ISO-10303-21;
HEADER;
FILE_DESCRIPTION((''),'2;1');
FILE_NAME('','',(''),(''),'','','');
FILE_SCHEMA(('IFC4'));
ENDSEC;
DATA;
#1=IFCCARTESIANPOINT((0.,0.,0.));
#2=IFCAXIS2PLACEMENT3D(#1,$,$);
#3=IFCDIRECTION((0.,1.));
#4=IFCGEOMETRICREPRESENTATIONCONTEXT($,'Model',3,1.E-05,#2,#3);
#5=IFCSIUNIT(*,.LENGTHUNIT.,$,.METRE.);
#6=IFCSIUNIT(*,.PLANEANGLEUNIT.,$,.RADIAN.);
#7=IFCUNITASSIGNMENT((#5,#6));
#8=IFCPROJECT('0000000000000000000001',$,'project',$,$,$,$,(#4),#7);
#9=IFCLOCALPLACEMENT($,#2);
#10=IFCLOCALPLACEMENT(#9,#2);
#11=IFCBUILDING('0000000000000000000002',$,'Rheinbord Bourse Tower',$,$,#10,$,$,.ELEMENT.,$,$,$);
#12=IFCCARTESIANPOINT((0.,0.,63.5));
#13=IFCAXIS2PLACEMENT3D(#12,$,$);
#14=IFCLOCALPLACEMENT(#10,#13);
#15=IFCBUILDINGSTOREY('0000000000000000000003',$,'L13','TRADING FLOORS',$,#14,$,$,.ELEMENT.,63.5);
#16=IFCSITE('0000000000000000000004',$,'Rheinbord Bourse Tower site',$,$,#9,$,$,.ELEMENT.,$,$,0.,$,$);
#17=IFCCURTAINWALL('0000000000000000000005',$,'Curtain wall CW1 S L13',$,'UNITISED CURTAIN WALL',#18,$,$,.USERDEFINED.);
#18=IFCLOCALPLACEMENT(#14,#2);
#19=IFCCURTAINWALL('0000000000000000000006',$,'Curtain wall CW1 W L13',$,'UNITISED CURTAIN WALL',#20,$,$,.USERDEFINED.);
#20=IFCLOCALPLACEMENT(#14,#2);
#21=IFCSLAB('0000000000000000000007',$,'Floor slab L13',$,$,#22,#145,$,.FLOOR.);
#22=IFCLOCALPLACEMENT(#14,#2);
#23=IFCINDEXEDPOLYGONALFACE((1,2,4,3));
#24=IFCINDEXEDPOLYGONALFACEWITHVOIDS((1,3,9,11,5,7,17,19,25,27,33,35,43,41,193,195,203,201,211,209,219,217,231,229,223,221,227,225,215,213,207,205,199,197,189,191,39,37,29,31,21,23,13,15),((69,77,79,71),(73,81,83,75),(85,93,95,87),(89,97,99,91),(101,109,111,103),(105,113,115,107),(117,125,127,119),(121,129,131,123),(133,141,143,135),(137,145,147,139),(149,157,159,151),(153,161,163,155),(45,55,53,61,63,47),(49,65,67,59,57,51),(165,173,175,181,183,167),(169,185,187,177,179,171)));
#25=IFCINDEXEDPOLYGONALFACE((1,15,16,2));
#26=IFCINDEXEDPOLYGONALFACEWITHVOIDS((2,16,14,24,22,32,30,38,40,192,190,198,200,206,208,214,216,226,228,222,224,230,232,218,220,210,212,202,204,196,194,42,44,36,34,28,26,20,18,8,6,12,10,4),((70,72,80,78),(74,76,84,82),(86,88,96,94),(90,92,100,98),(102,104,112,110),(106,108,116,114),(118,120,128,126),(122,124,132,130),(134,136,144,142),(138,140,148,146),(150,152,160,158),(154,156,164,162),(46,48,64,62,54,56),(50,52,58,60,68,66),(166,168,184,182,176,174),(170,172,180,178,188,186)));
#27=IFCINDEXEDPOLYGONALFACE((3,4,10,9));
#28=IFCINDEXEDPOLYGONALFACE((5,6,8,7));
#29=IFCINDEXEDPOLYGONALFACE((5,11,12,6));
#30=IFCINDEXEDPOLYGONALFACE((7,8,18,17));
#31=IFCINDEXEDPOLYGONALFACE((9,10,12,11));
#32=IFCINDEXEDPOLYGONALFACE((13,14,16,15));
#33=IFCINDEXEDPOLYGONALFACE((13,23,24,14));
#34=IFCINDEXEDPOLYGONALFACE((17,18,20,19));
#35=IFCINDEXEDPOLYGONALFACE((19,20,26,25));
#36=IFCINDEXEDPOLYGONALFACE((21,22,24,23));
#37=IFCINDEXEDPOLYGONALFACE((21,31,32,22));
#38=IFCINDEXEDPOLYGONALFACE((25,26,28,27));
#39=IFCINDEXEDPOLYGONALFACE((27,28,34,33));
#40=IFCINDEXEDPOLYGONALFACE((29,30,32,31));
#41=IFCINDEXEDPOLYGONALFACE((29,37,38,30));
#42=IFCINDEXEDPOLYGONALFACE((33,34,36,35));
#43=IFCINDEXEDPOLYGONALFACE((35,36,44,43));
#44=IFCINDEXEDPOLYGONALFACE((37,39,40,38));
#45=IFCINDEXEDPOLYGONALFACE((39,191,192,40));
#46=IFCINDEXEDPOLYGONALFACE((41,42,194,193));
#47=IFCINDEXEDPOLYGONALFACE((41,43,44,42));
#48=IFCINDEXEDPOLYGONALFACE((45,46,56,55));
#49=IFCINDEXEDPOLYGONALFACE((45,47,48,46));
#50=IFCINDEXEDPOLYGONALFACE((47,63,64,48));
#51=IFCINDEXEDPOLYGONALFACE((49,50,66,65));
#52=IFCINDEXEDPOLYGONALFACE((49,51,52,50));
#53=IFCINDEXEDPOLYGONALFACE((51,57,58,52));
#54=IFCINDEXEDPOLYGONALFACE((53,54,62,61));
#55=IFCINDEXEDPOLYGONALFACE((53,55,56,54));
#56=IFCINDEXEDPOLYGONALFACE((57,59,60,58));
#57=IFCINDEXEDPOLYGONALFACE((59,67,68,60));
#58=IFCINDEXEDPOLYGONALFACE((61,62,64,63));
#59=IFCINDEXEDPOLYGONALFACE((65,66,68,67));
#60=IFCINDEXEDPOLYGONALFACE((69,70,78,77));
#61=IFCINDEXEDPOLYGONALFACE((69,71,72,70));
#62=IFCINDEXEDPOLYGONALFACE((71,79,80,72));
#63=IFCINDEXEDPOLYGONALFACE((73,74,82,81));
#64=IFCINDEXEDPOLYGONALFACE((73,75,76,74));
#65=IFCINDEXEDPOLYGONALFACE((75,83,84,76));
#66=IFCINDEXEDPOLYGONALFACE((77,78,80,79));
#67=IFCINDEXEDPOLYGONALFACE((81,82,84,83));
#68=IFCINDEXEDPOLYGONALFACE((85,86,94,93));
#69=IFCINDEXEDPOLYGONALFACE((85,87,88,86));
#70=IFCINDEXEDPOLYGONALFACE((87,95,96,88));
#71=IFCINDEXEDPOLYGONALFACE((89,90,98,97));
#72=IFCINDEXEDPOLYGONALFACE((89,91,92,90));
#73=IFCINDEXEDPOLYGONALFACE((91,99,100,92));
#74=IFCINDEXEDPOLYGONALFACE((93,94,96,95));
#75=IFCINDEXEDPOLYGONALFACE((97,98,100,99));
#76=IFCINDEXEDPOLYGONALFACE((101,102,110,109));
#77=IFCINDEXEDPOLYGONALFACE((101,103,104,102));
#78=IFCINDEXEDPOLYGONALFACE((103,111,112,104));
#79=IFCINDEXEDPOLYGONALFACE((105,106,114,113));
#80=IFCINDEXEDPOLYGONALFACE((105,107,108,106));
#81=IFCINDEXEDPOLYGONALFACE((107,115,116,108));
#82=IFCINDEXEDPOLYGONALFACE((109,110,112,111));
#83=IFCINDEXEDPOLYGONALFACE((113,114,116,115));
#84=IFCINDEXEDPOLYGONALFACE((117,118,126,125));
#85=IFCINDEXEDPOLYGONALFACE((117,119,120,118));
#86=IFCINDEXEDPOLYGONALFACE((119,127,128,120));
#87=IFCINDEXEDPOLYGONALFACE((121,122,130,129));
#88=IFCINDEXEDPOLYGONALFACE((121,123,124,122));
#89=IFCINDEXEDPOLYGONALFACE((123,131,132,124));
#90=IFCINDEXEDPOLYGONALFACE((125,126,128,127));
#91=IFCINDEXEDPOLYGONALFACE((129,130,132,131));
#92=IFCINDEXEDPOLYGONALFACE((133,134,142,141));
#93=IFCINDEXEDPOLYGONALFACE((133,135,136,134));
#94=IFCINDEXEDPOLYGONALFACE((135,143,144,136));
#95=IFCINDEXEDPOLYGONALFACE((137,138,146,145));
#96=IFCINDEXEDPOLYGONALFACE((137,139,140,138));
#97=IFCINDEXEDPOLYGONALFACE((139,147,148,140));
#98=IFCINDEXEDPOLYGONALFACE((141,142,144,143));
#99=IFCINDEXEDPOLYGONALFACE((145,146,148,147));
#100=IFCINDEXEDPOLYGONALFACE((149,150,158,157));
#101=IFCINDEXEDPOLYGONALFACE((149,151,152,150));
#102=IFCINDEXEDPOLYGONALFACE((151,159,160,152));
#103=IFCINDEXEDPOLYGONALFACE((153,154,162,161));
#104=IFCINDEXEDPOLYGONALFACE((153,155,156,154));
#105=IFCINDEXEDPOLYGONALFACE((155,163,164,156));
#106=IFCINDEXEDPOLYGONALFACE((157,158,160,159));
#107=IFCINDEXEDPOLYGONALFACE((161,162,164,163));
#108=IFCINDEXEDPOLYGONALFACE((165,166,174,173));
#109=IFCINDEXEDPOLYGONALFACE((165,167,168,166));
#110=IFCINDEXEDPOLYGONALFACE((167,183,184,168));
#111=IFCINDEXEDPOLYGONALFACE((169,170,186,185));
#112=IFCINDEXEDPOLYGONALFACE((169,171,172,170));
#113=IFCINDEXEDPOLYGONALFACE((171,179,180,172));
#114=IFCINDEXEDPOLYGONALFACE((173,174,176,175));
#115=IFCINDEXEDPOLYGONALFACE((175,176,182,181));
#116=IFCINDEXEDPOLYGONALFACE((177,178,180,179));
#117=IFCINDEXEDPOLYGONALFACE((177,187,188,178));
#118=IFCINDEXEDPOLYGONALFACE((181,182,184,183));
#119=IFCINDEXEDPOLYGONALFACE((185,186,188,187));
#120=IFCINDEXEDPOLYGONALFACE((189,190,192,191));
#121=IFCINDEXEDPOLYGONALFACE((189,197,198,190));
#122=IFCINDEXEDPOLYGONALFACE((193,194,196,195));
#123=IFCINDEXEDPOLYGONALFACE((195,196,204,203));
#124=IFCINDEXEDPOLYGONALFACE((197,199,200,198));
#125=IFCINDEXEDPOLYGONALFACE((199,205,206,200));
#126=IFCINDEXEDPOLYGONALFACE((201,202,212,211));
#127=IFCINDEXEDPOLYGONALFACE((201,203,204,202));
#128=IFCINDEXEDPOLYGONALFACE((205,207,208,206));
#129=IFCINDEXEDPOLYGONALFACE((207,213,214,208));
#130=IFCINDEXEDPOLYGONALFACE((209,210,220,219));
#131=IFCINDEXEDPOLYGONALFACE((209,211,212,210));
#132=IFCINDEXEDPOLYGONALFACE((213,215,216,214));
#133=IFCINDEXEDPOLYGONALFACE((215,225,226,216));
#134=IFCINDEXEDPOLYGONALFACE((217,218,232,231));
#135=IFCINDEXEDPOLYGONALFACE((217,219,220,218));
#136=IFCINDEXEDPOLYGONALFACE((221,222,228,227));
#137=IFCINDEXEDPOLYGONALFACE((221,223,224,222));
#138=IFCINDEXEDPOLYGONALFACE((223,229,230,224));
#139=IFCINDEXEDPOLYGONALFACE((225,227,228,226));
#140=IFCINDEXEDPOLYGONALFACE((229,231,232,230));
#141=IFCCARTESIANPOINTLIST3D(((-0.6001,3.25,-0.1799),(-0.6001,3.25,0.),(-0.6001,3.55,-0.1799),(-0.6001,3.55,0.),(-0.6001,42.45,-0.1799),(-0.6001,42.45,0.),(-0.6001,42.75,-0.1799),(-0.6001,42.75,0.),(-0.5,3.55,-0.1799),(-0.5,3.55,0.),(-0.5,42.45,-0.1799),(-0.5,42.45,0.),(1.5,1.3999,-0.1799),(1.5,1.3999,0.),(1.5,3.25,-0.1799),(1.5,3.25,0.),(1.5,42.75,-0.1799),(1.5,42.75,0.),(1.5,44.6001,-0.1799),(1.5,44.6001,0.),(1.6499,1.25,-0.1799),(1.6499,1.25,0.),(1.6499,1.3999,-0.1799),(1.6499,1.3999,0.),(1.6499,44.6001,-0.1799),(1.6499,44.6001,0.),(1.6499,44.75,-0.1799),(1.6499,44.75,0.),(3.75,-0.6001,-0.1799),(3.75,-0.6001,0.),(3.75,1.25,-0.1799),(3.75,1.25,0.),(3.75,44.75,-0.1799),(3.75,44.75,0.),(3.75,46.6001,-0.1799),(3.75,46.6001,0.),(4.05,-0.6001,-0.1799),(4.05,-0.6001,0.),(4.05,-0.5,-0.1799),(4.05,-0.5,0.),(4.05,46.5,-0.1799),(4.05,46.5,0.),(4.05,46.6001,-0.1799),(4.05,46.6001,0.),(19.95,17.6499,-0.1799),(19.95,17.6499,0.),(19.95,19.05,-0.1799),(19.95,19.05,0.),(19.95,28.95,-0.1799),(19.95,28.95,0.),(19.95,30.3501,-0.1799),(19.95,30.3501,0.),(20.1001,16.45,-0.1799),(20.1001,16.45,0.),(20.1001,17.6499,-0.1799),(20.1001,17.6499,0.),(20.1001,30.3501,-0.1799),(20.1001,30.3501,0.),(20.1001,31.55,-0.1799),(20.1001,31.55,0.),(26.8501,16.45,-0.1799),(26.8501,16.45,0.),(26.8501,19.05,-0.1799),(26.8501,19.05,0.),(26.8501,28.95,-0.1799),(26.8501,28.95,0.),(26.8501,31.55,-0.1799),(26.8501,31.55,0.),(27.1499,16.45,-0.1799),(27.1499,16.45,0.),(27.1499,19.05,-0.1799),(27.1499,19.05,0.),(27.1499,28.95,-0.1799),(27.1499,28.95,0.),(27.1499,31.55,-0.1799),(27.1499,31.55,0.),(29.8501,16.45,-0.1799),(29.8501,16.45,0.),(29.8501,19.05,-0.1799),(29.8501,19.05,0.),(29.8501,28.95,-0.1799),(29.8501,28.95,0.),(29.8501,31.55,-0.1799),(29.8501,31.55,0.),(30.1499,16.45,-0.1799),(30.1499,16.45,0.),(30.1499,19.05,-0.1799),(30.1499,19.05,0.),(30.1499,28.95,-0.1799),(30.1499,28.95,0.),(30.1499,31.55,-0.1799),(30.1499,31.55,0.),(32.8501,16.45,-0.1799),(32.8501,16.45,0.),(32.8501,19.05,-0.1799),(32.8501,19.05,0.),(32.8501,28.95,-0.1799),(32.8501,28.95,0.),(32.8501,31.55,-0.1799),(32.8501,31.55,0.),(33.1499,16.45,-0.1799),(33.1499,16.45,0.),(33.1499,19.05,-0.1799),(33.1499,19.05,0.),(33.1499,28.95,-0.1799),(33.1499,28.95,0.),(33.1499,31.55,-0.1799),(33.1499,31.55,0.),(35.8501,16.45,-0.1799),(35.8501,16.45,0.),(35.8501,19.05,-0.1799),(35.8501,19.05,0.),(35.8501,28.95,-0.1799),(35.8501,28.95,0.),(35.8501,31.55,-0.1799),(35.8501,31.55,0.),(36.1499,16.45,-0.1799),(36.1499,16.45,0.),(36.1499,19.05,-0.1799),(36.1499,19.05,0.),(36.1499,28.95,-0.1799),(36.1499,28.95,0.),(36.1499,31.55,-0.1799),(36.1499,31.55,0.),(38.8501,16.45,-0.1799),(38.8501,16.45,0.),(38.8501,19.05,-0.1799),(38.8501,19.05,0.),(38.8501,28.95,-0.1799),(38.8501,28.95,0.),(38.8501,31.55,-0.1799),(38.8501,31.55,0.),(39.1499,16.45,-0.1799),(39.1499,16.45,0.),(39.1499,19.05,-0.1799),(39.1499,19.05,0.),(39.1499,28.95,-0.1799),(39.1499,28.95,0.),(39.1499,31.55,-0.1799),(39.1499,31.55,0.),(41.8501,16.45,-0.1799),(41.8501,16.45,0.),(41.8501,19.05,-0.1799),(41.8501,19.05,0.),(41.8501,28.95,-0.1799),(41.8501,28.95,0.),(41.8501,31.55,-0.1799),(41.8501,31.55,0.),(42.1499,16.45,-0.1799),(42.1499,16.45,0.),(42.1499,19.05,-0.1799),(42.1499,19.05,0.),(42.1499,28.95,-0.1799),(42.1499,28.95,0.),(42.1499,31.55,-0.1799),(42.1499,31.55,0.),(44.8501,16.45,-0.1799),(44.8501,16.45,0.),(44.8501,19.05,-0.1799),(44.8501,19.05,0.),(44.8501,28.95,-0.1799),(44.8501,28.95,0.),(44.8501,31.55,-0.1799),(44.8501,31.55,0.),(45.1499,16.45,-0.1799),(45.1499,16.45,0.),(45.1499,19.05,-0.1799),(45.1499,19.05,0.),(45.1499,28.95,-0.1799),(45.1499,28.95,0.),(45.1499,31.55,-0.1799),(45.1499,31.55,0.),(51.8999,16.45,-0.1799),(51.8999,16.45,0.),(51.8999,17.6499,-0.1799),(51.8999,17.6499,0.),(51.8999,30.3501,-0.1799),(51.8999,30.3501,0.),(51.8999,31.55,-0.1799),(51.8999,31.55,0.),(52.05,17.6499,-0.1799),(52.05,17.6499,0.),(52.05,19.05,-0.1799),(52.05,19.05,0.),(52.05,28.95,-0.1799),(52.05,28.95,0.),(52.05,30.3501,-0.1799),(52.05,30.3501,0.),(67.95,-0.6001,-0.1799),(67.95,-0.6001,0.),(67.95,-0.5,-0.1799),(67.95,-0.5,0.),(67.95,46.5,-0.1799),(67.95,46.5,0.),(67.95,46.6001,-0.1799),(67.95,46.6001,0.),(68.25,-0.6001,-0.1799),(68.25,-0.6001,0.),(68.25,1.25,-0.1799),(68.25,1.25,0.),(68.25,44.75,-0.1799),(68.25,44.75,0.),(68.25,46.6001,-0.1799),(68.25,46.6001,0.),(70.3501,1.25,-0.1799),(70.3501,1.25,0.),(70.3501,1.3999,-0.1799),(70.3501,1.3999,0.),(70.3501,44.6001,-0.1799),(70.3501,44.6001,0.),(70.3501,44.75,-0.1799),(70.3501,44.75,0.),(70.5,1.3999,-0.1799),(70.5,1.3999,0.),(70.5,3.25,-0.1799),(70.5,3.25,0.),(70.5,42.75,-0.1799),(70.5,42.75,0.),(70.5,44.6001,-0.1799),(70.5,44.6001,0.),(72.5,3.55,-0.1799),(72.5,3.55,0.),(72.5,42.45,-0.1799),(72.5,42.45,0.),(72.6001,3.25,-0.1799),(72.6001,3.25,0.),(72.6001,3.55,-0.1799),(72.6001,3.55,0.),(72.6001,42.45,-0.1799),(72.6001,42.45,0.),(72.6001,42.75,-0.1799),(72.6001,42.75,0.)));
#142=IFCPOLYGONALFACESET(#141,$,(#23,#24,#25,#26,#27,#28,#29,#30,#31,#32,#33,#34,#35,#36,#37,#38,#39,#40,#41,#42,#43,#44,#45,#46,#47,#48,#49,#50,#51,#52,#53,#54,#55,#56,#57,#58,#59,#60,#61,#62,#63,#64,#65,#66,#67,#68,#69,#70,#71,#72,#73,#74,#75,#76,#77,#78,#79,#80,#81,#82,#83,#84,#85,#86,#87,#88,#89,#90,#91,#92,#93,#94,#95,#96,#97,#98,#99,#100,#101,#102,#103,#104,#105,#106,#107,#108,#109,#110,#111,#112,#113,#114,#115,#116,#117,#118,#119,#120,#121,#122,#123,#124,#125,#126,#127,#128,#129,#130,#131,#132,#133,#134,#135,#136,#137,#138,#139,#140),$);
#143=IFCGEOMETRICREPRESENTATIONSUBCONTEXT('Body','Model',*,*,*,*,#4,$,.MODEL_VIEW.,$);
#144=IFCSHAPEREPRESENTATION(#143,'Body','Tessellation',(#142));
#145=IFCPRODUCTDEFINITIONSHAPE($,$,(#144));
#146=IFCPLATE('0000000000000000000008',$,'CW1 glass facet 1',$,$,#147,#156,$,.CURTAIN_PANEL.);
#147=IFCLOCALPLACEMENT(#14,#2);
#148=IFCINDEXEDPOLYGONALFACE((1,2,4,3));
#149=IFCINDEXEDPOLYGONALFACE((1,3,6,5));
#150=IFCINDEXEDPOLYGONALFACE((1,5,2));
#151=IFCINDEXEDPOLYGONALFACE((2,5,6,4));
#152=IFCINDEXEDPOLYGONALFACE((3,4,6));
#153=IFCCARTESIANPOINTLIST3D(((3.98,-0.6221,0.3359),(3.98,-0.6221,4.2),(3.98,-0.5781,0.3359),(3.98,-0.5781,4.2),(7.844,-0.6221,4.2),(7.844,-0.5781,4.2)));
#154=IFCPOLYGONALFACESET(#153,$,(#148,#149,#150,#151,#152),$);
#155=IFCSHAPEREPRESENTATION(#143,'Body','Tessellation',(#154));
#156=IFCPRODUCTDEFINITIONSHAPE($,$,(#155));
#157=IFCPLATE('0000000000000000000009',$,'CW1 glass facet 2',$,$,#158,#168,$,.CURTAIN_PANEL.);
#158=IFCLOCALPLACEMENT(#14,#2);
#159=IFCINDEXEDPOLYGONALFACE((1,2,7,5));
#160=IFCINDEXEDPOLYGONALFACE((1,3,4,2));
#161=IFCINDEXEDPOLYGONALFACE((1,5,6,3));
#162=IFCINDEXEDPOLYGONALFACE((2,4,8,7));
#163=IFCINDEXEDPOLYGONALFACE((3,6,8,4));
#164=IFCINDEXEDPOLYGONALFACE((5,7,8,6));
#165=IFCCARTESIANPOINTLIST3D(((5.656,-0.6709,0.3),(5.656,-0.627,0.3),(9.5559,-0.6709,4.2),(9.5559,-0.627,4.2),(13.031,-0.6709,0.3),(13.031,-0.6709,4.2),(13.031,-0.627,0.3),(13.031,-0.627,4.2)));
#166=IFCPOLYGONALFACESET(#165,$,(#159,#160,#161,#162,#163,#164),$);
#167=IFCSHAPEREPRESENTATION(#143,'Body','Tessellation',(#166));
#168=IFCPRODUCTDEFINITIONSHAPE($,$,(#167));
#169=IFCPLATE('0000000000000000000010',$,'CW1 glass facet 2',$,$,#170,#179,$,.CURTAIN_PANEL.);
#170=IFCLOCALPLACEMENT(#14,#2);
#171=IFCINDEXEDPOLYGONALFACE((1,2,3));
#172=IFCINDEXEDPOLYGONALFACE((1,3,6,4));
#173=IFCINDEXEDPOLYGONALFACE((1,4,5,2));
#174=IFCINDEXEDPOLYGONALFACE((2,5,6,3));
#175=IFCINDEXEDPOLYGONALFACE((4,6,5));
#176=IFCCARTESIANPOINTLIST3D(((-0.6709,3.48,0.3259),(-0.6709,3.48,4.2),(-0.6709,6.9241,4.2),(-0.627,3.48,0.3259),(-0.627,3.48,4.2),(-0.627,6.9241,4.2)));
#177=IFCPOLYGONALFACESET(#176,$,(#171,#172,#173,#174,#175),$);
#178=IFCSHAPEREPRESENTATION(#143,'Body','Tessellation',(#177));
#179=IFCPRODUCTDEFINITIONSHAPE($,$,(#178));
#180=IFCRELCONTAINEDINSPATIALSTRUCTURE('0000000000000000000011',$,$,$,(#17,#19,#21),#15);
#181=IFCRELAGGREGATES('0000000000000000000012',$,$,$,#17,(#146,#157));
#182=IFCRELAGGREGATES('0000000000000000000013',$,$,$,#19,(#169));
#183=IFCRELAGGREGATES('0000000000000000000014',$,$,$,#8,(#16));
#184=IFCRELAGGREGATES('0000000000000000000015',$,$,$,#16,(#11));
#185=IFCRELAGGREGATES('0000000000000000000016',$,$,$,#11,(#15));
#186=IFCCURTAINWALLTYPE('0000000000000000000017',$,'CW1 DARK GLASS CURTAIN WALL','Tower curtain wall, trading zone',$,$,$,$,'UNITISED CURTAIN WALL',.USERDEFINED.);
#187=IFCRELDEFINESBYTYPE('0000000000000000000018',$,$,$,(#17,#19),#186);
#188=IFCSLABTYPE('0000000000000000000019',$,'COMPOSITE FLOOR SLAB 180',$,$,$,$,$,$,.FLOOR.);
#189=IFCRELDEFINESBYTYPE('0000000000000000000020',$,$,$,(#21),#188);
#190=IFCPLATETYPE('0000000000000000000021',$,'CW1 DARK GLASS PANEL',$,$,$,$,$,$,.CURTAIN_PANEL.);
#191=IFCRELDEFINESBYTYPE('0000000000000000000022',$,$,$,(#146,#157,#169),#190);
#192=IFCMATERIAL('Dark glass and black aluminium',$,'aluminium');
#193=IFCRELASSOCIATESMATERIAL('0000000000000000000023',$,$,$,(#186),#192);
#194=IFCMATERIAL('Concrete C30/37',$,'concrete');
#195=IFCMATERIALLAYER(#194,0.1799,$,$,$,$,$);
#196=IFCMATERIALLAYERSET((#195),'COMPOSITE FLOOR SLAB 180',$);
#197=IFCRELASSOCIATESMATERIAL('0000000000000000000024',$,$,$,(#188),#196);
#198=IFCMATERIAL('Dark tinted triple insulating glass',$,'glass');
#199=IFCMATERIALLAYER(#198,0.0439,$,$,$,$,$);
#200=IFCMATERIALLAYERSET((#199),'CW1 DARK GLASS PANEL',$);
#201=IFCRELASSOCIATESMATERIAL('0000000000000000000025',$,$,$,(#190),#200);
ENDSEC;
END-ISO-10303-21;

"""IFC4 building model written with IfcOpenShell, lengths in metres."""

from ifc_helpers import new_model, si_unit, direction, frame, origin, place, context, subcontext, project, spatial, polyline, outline, extrude, material, layer, layer_set, type_object, element, aggregate, save


model = new_model("IFC4")

# Units and contexts
model_context = context("Model", 3, precision=1e-05, world=origin(), true_north=direction((0.0, 1.0)))
body_context = subcontext(model_context, "Body", "Model", "MODEL_VIEW")
ifc_project = project(units=[si_unit("LENGTHUNIT", "METRE"), si_unit("PLANEANGLEUNIT", "RADIAN")], contexts=[model_context])

# Site, building, storey
site_placement = place(None, origin())
site = spatial("IfcSite", under=ifc_project, at=site_placement, Name="Rheinbord Bourse Tower site", CompositionType="ELEMENT", RefElevation=0.0)
building_placement = place(site_placement, origin())
building = spatial("IfcBuilding", under=site, at=building_placement, Name="Rheinbord Bourse Tower", CompositionType="ELEMENT")
storey_placement = place(building_placement, frame((0.0, 0.0, 63.5)))
storey = spatial("IfcBuildingStorey", under=building, at=storey_placement, Name="L13", Description="TRADING FLOORS", CompositionType="ELEMENT", Elevation=63.5)

# Curtain wall
ifc_material_1 = material(Name="Dark glass and black aluminium", Category="aluminium")
curtain_wall_type = type_object("IfcCurtainWallType", Name="CW1 DARK GLASS CURTAIN WALL", Description="Tower curtain wall, trading zone", ElementType="UNITISED CURTAIN WALL", PredefinedType="USERDEFINED", material=ifc_material_1)
curtain_wall_1_placement = place(storey_placement, origin())
curtain_wall_1 = element("IfcCurtainWall", 1, at=curtain_wall_1_placement, inside=storey, type_object=curtain_wall_type, Name="Curtain wall CW1 S L13", ObjectType="UNITISED CURTAIN WALL", PredefinedType="USERDEFINED")

# Curtain wall
curtain_wall_2_placement = place(storey_placement, origin())
curtain_wall_2 = element("IfcCurtainWall", 2, at=curtain_wall_2_placement, inside=storey, type_object=curtain_wall_type, Name="Curtain wall CW1 W L13", ObjectType="UNITISED CURTAIN WALL", PredefinedType="USERDEFINED")

# Slab
ifc_material_2 = material(Name="Concrete C30/37", Category="concrete")
ifc_layer_1 = layer(ifc_material_2, 0.1799)
ifc_layer_set_1 = layer_set([ifc_layer_1], Name="COMPOSITE FLOOR SLAB 180")
slab_type_1 = type_object("IfcSlabType", Name="COMPOSITE FLOOR SLAB 180", PredefinedType="FLOOR", material=ifc_layer_set_1)
slab_1_placement = place(storey_placement, frame((0.0, 0.0, -0.1799)))
element("IfcSlab", 3, at=slab_1_placement, inside=storey, type_object=slab_type_1, Name="Floor slab L13", PredefinedType="FLOOR", context=body_context, shape_type="SweptSolid", body=[
    extrude(outline(polyline([(1.6499, 1.3999), (1.5, 1.3999), (1.5, 3.25), (-0.6001, 3.25), (-0.6001, 3.55), (-0.5, 3.55), (-0.5, 42.45), (-0.6001, 42.45), (-0.6001, 42.75), (1.5, 42.75), (1.5, 44.6001), (1.6499, 44.6001), (1.6499, 44.75), (3.75, 44.75), (3.75, 46.6001), (4.05, 46.6001), (4.05, 46.5), (67.95, 46.5), (67.95, 46.6001), (68.25, 46.6001), (68.25, 44.75), (70.3501, 44.75), (70.3501, 44.6001), (70.5, 44.6001), (70.5, 42.75), (72.6001, 42.75), (72.6001, 42.45), (72.5, 42.45), (72.5, 3.55), (72.6001, 3.55), (72.6001, 3.25), (70.5, 3.25), (70.5, 1.3999), (70.3501, 1.3999), (70.3501, 1.25), (68.25, 1.25), (68.25, -0.6001), (67.95, -0.6001), (67.95, -0.5), (4.05, -0.5), (4.05, -0.6001), (3.75, -0.6001), (3.75, 1.25), (1.6499, 1.25), (1.6499, 1.3999)]), holes=[polyline([(19.95, 19.05), (26.8501, 19.05), (26.8501, 16.45), (20.1001, 16.45), (20.1001, 17.6499), (19.95, 17.6499), (19.95, 19.05)]), polyline([(26.8501, 31.55), (26.8501, 28.95), (19.95, 28.95), (19.95, 30.3501), (20.1001, 30.3501), (20.1001, 31.55), (26.8501, 31.55)]), polyline([(45.1499, 16.45), (45.1499, 19.05), (52.05, 19.05), (52.05, 17.6499), (51.8999, 17.6499), (51.8999, 16.45), (45.1499, 16.45)]), polyline([(52.05, 28.95), (45.1499, 28.95), (45.1499, 31.55), (51.8999, 31.55), (51.8999, 30.3501), (52.05, 30.3501), (52.05, 28.95)]), polyline([(27.1499, 16.45), (27.1499, 19.05), (29.8501, 19.05), (29.8501, 16.45), (27.1499, 16.45)]), polyline([(27.1499, 28.95), (27.1499, 31.55), (29.8501, 31.55), (29.8501, 28.95), (27.1499, 28.95)]), polyline([(30.1499, 16.45), (30.1499, 19.05), (32.8501, 19.05), (32.8501, 16.45), (30.1499, 16.45)]), polyline([(30.1499, 28.95), (30.1499, 31.55), (32.8501, 31.55), (32.8501, 28.95), (30.1499, 28.95)]), polyline([(33.1499, 16.45), (33.1499, 19.05), (35.8501, 19.05), (35.8501, 16.45), (33.1499, 16.45)]), polyline([(33.1499, 28.95), (33.1499, 31.55), (35.8501, 31.55), (35.8501, 28.95), (33.1499, 28.95)]), polyline([(36.1499, 16.45), (36.1499, 19.05), (38.8501, 19.05), (38.8501, 16.45), (36.1499, 16.45)]), polyline([(36.1499, 28.95), (36.1499, 31.55), (38.8501, 31.55), (38.8501, 28.95), (36.1499, 28.95)]), polyline([(39.1499, 16.45), (39.1499, 19.05), (41.8501, 19.05), (41.8501, 16.45), (39.1499, 16.45)]), polyline([(39.1499, 28.95), (39.1499, 31.55), (41.8501, 31.55), (41.8501, 28.95), (39.1499, 28.95)]), polyline([(42.1499, 16.45), (42.1499, 19.05), (44.8501, 19.05), (44.8501, 16.45), (42.1499, 16.45)]), polyline([(42.1499, 28.95), (42.1499, 31.55), (44.8501, 31.55), (44.8501, 28.95), (42.1499, 28.95)])]), origin(), (0.0, 0.0, 1.0), 0.1799),
])

# Plates
ifc_material_3 = material(Name="Dark tinted triple insulating glass", Category="glass")
ifc_layer_2 = layer(ifc_material_3, 0.0439)
ifc_layer_set_2 = layer_set([ifc_layer_2], Name="CW1 DARK GLASS PANEL")
plate_type = type_object("IfcPlateType", Name="CW1 DARK GLASS PANEL", PredefinedType="CURTAIN_PANEL", material=ifc_layer_set_2)
plate_1_placement = place(storey_placement, frame((3.98, -0.6221, 4.2), z_axis=(0.0, 1.0, 0.0), x_axis=(1.0, 0.0, 0.0)))
plate_1 = element("IfcPlate", 4, at=plate_1_placement, type_object=plate_type, Name="CW1 glass facet 1", PredefinedType="CURTAIN_PANEL", context=body_context, shape_type="SweptSolid", body=[
    extrude(outline(polyline([(0.0, 0.0), (3.864, 0.0), (0.0, 3.864), (0.0, 0.0)])), origin(), (0.0, 0.0, 1.0), 0.0439),
])
plate_2_placement = place(storey_placement, frame((13.031, -0.6709, 4.2), z_axis=(0.0, 1.0, 0.0), x_axis=(0.0, 0.0, -1.0)))
plate_2 = element("IfcPlate", 5, at=plate_2_placement, type_object=plate_type, Name="CW1 glass facet 2", PredefinedType="CURTAIN_PANEL", context=body_context, shape_type="SweptSolid", body=[
    extrude(outline(polyline([(0.0, 0.0), (3.8999, 0.0), (3.8999, 7.375), (0.0, 3.4751), (0.0, 0.0)])), origin(), (0.0, 0.0, 1.0), 0.0439),
])
aggregate(curtain_wall_1, [plate_1, plate_2])
plate_3_placement = place(storey_placement, frame((-0.6709, 3.48, 4.2), z_axis=(1.0, 0.0, 0.0), x_axis=(0.0, 0.0, -1.0)))
plate_3 = element("IfcPlate", 6, at=plate_3_placement, type_object=plate_type, Name="CW1 glass facet 2", PredefinedType="CURTAIN_PANEL", context=body_context, shape_type="SweptSolid", body=[
    extrude(outline(polyline([(0.0, 0.0), (3.874, 0.0), (0.0, 3.4441), (0.0, 0.0)])), origin(), (0.0, 0.0, 1.0), 0.0439),
])
aggregate(curtain_wall_2, [plate_3])

save(model, "model.ifc")
